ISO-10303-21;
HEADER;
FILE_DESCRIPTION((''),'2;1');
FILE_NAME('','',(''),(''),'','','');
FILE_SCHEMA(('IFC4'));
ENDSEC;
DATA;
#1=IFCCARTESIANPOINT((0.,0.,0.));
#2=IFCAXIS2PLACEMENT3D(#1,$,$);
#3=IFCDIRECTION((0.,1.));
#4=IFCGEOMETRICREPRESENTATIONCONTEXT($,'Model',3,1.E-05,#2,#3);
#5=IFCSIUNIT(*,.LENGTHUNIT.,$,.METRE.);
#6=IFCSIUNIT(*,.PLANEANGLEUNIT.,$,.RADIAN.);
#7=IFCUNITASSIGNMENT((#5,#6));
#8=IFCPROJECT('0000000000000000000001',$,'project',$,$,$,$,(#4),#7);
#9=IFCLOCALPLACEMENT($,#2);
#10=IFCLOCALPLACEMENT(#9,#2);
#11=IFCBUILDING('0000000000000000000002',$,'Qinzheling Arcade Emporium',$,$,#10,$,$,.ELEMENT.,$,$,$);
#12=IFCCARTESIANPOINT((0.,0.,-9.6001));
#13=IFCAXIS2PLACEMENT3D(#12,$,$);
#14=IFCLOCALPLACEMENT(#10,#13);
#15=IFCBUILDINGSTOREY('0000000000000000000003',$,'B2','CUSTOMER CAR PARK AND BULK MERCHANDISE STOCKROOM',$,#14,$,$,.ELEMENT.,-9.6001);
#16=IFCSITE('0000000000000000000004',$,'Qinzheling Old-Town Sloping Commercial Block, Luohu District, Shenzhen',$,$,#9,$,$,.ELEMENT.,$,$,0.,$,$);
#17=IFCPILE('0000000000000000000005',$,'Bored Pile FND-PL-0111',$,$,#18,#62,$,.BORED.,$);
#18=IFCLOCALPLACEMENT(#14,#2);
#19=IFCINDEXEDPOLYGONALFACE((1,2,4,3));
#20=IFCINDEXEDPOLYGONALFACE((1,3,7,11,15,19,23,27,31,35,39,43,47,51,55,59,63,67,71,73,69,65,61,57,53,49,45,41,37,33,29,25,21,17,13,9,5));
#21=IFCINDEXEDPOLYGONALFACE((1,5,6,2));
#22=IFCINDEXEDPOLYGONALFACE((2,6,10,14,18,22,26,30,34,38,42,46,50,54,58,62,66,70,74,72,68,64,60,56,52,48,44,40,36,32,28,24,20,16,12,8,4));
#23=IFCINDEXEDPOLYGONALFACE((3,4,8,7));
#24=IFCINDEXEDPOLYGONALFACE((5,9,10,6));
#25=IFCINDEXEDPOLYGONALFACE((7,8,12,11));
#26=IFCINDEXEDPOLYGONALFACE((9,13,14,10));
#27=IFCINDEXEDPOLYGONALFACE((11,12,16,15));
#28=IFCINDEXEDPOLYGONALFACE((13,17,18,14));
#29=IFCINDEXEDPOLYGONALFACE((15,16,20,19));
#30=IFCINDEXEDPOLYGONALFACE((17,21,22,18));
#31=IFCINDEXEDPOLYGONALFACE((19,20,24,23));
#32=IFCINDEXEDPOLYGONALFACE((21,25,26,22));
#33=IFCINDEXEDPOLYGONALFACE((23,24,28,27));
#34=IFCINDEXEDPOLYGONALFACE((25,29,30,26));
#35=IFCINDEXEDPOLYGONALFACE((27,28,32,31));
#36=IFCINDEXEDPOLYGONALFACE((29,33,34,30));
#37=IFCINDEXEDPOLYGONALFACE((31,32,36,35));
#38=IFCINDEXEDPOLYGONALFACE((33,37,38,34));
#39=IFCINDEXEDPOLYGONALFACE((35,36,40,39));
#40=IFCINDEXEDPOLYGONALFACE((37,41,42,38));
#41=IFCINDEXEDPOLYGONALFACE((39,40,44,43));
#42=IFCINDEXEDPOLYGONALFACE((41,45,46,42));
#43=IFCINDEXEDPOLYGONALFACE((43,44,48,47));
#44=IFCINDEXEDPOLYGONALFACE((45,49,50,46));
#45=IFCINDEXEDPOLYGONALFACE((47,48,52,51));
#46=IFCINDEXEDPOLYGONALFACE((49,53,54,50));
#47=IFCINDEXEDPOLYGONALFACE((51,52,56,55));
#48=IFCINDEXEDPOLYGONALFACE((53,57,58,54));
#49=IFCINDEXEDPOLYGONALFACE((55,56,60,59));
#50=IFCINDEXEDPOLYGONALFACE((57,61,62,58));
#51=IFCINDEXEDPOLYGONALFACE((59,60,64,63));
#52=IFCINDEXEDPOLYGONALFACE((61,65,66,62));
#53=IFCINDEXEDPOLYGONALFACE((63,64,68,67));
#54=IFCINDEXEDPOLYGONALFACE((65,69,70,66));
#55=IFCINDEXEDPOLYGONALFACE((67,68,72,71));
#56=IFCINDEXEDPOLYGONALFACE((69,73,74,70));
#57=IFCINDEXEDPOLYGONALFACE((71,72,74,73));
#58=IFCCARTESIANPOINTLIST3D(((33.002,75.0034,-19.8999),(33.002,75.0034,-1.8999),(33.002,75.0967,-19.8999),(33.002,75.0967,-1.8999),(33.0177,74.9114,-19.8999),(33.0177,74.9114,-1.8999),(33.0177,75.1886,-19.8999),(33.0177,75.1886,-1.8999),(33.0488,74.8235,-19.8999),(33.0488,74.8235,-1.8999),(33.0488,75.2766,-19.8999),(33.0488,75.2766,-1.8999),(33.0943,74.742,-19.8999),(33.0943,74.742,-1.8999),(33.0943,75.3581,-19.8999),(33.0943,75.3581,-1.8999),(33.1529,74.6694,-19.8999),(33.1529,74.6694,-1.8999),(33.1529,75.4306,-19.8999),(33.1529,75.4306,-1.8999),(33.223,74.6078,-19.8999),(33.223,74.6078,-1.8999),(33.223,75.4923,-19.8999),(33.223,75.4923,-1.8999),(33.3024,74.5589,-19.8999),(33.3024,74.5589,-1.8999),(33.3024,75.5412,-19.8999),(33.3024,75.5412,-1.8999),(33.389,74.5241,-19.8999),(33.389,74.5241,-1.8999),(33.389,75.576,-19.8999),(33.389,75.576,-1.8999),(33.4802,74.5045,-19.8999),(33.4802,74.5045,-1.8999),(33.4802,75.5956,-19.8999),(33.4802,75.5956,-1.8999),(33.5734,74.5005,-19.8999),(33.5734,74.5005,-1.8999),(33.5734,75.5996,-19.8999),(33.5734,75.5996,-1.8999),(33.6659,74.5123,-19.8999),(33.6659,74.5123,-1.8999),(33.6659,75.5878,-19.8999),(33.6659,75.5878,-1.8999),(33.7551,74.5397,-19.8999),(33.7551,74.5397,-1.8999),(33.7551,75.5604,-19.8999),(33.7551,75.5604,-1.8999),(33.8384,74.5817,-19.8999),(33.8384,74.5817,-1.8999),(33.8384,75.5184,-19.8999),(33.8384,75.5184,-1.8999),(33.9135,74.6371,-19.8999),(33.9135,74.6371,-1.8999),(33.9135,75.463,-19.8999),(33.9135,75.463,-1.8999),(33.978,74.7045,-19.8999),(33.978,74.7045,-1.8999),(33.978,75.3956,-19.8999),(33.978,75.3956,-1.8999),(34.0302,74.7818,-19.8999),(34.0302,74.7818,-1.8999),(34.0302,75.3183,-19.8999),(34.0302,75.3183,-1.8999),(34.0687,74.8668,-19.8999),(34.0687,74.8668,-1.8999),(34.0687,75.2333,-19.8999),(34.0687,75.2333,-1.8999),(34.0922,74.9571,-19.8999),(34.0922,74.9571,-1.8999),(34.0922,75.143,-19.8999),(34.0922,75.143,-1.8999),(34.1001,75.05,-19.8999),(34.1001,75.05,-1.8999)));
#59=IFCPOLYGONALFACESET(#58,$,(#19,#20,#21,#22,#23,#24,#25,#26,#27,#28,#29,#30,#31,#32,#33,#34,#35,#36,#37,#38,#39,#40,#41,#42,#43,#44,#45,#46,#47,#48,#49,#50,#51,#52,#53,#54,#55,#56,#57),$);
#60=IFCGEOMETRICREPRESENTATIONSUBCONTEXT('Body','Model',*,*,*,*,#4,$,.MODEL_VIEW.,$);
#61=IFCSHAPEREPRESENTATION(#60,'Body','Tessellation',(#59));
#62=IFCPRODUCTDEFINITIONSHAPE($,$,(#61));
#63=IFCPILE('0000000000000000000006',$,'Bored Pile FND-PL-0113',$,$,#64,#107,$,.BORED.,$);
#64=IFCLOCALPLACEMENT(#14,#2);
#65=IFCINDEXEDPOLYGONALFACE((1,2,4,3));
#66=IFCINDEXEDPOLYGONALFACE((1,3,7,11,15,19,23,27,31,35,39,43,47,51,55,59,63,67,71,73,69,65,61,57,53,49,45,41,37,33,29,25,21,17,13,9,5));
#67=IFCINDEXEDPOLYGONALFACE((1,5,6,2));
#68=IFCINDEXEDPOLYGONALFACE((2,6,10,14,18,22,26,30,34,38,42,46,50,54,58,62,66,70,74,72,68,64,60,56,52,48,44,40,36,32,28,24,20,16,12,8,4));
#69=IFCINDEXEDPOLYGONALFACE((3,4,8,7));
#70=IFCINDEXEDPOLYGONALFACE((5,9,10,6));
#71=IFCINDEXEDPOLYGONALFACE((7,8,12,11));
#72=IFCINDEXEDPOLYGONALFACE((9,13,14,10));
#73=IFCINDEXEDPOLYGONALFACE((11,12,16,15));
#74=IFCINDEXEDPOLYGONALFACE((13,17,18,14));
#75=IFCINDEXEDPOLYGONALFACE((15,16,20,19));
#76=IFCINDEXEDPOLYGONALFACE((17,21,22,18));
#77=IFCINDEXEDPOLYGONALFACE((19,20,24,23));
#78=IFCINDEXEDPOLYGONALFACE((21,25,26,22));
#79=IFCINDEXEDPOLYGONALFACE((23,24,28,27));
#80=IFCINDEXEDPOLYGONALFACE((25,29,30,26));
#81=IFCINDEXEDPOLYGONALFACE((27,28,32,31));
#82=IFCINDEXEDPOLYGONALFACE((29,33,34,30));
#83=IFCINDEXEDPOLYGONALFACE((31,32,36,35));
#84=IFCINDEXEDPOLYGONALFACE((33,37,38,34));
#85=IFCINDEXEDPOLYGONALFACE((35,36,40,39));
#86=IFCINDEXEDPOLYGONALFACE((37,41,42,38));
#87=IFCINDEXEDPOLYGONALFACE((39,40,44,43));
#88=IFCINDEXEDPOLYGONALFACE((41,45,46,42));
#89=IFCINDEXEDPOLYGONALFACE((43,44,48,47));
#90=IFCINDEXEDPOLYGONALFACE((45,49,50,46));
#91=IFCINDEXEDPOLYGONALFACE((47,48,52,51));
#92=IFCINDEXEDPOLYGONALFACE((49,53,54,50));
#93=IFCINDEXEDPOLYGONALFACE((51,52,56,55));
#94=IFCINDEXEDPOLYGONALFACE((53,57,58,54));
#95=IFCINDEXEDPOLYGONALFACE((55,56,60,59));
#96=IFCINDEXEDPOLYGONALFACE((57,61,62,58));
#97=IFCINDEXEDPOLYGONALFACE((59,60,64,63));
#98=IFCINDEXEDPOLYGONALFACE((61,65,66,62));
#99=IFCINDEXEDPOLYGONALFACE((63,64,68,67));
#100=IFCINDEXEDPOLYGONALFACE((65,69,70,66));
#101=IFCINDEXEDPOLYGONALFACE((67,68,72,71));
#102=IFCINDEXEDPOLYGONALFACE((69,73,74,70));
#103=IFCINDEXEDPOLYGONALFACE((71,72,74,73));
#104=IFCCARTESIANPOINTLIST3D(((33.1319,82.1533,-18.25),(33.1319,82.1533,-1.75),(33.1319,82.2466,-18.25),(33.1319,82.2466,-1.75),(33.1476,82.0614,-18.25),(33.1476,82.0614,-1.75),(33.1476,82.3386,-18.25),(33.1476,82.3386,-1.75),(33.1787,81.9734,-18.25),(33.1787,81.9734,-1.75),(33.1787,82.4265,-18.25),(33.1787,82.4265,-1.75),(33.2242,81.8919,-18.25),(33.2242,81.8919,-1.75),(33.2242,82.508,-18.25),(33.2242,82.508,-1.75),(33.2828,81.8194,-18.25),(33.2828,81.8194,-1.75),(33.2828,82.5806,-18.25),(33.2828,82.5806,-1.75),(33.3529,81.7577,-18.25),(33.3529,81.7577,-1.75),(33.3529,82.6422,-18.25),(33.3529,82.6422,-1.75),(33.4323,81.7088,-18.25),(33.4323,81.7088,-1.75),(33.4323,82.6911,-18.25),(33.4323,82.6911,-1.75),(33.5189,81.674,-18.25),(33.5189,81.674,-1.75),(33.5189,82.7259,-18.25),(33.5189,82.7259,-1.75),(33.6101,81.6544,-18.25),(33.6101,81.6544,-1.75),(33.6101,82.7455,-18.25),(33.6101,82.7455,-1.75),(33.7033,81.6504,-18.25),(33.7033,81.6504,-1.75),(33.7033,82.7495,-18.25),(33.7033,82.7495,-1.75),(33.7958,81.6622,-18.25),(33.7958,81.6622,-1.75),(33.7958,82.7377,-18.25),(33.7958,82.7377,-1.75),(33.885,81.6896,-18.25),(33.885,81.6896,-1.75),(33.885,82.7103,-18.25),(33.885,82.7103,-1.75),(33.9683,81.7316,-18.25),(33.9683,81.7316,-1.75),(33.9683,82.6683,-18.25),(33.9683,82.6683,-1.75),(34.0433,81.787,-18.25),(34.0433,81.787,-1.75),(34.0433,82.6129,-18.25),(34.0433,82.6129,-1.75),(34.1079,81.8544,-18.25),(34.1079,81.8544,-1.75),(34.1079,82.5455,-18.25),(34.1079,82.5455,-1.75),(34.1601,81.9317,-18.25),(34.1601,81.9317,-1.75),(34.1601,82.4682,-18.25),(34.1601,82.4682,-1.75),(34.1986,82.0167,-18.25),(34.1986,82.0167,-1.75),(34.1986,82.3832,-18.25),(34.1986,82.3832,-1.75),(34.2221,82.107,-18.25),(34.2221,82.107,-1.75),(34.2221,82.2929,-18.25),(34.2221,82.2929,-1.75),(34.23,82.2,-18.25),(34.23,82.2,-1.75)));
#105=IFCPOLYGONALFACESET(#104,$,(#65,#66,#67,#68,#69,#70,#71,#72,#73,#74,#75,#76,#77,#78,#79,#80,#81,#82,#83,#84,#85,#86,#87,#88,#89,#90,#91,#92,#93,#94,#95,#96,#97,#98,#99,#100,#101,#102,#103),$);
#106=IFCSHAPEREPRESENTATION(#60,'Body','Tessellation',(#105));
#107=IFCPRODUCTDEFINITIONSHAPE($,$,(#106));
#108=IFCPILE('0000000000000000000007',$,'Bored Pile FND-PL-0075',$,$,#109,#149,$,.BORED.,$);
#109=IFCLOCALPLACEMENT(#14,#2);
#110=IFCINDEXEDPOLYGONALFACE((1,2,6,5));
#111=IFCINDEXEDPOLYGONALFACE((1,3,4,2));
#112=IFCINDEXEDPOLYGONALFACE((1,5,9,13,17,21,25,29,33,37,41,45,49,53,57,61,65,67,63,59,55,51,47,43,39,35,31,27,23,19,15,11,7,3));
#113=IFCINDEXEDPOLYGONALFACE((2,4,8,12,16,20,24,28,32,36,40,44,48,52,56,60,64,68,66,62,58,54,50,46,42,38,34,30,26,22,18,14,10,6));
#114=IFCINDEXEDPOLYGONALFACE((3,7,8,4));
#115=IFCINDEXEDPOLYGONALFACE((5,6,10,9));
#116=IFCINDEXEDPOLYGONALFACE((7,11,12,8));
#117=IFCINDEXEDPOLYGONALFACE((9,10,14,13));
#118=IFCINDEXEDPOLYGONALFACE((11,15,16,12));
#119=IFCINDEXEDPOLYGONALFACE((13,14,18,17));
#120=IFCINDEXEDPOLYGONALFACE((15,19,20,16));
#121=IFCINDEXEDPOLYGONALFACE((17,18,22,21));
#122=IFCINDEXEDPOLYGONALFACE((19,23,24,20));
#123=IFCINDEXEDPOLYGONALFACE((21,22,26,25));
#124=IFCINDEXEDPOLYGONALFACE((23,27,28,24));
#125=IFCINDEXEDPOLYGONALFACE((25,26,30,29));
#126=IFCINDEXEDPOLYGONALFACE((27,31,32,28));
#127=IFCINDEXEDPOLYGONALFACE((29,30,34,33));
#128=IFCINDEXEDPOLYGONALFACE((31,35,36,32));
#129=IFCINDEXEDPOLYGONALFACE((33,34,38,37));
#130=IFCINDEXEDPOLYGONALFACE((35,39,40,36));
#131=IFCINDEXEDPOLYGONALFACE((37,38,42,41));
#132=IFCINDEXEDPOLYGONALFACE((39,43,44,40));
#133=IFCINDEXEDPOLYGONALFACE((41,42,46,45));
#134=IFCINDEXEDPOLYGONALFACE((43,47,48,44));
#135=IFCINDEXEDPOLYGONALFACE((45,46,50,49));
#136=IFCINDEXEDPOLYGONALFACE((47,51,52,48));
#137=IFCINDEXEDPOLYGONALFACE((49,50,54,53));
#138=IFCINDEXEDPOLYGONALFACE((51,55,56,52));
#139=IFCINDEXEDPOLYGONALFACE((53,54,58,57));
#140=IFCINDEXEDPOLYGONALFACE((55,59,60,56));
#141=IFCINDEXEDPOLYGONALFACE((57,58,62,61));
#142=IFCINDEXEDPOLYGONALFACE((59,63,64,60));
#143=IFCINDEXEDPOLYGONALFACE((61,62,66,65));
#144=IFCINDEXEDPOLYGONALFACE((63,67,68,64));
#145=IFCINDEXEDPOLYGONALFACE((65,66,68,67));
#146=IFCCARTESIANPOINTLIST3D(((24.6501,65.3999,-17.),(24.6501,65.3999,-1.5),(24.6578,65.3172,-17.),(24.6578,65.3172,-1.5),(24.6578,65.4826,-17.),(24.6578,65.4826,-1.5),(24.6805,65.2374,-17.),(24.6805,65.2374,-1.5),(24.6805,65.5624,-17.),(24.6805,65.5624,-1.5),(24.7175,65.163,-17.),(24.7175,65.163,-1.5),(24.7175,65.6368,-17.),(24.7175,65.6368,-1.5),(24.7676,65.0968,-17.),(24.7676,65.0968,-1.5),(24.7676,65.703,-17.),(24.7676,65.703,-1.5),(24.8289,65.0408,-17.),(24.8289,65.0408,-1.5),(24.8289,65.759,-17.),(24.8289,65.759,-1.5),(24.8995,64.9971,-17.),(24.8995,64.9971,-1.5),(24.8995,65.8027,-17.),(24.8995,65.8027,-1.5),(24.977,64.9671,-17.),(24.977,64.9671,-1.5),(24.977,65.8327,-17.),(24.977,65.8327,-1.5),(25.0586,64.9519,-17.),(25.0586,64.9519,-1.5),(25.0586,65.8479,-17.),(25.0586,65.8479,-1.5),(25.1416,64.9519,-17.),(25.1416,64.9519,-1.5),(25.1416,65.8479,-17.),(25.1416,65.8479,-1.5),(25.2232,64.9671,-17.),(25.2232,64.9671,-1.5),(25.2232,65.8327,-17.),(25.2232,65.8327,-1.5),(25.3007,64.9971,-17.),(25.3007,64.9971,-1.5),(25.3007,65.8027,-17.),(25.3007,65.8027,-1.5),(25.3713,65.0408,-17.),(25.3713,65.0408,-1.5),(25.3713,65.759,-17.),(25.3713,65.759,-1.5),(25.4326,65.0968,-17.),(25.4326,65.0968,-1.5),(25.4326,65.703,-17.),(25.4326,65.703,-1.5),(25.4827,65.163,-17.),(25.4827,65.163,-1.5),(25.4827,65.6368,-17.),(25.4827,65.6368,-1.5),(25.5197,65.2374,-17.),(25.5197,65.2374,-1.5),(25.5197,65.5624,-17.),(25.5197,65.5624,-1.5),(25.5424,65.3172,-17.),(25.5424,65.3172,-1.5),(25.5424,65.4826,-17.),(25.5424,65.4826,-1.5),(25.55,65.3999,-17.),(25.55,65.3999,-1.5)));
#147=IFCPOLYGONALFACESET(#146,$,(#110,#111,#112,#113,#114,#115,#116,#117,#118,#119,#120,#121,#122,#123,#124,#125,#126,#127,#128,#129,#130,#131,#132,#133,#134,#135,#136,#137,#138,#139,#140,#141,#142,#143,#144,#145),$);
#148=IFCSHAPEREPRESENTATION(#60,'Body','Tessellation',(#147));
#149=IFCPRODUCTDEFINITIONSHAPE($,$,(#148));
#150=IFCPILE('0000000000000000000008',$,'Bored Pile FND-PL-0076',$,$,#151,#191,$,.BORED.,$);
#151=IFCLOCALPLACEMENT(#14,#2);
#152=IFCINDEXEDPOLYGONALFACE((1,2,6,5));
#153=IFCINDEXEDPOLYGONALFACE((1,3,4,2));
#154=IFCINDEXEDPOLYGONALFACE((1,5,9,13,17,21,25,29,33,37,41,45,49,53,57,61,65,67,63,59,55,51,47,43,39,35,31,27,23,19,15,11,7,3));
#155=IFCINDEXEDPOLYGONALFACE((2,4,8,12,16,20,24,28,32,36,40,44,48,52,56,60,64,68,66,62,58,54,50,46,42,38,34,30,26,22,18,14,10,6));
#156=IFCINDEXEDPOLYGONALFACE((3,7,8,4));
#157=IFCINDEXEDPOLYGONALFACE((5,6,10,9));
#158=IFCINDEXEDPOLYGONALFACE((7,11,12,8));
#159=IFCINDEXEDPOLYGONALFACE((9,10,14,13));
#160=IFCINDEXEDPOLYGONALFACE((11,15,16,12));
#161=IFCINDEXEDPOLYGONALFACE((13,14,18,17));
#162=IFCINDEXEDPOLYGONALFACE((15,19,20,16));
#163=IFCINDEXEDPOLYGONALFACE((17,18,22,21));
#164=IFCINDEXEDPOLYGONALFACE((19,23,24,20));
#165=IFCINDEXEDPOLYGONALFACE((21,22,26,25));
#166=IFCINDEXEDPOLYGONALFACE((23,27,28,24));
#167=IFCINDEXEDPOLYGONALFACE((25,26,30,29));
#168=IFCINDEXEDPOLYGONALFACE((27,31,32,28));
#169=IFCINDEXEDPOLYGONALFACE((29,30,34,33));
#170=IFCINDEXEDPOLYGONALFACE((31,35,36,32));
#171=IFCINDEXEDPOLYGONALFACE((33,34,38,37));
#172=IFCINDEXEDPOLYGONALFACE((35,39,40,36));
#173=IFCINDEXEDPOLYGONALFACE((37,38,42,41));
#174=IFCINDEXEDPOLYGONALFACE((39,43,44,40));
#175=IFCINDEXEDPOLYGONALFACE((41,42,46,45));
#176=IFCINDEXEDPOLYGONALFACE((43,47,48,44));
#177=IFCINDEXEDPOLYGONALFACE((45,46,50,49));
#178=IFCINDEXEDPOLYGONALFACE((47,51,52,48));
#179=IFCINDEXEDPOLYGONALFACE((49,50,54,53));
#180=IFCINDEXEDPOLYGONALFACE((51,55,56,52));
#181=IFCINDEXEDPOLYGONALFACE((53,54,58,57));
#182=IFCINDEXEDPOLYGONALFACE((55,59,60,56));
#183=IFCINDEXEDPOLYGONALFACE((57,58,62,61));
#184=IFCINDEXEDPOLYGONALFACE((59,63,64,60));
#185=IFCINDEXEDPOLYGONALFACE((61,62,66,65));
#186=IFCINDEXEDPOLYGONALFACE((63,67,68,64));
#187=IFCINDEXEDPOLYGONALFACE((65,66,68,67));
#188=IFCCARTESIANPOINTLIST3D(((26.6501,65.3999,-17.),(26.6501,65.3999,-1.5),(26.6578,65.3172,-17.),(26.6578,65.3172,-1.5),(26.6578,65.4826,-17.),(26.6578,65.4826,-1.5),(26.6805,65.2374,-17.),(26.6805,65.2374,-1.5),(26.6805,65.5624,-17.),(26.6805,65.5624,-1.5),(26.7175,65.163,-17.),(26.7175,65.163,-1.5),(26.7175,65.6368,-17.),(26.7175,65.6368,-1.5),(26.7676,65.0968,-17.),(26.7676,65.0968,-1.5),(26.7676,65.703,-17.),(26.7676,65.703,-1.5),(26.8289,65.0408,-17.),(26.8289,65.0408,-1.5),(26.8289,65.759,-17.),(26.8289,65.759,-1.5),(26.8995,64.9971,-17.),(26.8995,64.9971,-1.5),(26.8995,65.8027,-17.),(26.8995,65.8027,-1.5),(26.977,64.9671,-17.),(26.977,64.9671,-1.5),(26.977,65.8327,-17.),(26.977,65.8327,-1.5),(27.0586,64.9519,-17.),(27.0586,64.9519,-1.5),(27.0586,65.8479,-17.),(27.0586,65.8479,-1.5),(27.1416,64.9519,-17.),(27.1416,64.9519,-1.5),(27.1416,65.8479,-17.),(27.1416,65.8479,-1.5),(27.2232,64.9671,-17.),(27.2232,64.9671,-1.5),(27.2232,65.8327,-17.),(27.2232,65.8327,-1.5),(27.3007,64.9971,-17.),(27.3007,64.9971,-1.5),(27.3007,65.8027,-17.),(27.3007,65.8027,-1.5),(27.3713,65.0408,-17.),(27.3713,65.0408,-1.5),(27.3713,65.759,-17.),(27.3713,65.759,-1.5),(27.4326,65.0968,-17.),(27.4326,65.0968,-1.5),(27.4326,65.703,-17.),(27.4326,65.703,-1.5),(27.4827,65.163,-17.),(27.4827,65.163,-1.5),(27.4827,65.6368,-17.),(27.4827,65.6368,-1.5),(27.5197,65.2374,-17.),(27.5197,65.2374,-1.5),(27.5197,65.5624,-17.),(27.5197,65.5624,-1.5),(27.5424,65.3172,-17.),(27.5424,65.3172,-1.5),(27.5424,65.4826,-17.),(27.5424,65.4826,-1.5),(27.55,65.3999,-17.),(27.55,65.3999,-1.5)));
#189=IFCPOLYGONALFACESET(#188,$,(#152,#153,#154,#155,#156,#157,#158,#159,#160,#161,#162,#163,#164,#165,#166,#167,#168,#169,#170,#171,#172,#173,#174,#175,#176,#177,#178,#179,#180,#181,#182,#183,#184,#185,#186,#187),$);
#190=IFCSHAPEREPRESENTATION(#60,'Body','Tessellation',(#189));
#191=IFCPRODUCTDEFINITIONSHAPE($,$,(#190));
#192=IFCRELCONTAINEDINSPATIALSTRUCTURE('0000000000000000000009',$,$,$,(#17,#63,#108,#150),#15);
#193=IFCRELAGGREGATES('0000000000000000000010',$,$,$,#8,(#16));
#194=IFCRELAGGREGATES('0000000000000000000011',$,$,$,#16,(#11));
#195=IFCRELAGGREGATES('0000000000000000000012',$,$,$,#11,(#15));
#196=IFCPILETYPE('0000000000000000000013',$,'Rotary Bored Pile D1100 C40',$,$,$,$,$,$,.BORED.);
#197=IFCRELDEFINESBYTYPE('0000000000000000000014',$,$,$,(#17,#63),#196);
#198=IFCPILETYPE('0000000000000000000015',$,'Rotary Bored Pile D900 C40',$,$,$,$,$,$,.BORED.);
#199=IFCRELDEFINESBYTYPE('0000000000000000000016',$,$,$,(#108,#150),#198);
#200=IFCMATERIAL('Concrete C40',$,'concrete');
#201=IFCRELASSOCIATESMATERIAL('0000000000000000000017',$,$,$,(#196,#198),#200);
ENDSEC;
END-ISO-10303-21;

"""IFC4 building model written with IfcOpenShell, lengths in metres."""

from ifc_helpers import new_model, si_unit, direction, frame, origin, origin_2d, place, context, subcontext, project, spatial, circle, extrude, material, material_profile, profile_set, type_object, element, save


model = new_model("IFC4")

# Units and contexts
model_context = context("Model", 3, precision=1e-05, world=origin(), true_north=direction((0.0, 1.0)))
body_context = subcontext(model_context, "Body", "Model", "MODEL_VIEW")
ifc_project = project(units=[si_unit("LENGTHUNIT", "METRE"), si_unit("PLANEANGLEUNIT", "RADIAN")], contexts=[model_context])

# Site, building, storey
site_placement = place(None, origin())
site = spatial("IfcSite", under=ifc_project, at=site_placement, Name="Qinzheling Old-Town Sloping Commercial Block, Luohu District, Shenzhen", CompositionType="ELEMENT", RefElevation=0.0)
building_placement = place(site_placement, origin())
building = spatial("IfcBuilding", under=site, at=building_placement, Name="Qinzheling Arcade Emporium", CompositionType="ELEMENT")
storey_placement = place(building_placement, frame((0.0, 0.0, -9.6001)))
storey = spatial("IfcBuildingStorey", under=building, at=storey_placement, Name="B2", Description="CUSTOMER CAR PARK AND BULK MERCHANDISE STOCKROOM", CompositionType="ELEMENT", Elevation=-9.6001)

# Shared definitions
ifc_material_1 = material(Name="Concrete C40", Category="concrete")

# Piles
ifc_material_profile_1 = material_profile(ifc_material_1, circle(Radius=0.55, at=origin_2d()), Name="BORED D1100", Category="concrete")
ifc_profile_set_1 = profile_set([ifc_material_profile_1], Name="Concrete C40")
pile_type_1 = type_object("IfcPileType", Name="Rotary Bored Pile D1100 C40", PredefinedType="BORED", material=ifc_profile_set_1)
for number, where, z_axis, x_axis, name in (
    (1, (33.55, 75.05, -1.8999), (0.0, 0.0, -1.0), (1.0, 0.0, 0.0), "Bored Pile FND-PL-0111"),
):
    element("IfcPile", number, at=place(storey_placement, frame(where, z_axis=z_axis, x_axis=x_axis)), inside=storey, type_object=pile_type_1, Name=name, PredefinedType="BORED", context=body_context, shape_type="SweptSolid", body=[
        extrude(circle(Radius=0.55, at=origin_2d()), origin(), (0.0, 0.0, 1.0), 18.0),
    ])
pile_placement = place(storey_placement, frame((33.6799, 82.2, -1.75), z_axis=(0.0, 0.0, -1.0), x_axis=(1.0, 0.0, 0.0)))
element("IfcPile", 2, at=pile_placement, inside=storey, type_object=pile_type_1, Name="Bored Pile FND-PL-0113", PredefinedType="BORED", context=body_context, shape_type="SweptSolid", body=[
    extrude(circle(Radius=0.55, at=origin_2d()), origin(), (0.0, 0.0, 1.0), 16.5),
])
ifc_material_profile_2 = material_profile(ifc_material_1, circle(Radius=0.45, at=origin_2d()), Name="BORED D900", Category="concrete")
ifc_profile_set_2 = profile_set([ifc_material_profile_2], Name="Concrete C40")
pile_type_2 = type_object("IfcPileType", Name="Rotary Bored Pile D900 C40", PredefinedType="BORED", material=ifc_profile_set_2)
for number, where, z_axis, x_axis, name in (
    (3, (25.1001, 65.3999, -1.5), (0.0, 0.0, -1.0), (1.0, 0.0, 0.0), "Bored Pile FND-PL-0075"),
    (4, (27.1001, 65.3999, -1.5), (0.0, 0.0, -1.0), (1.0, 0.0, 0.0), "Bored Pile FND-PL-0076"),
):
    element("IfcPile", number, at=place(storey_placement, frame(where, z_axis=z_axis, x_axis=x_axis)), inside=storey, type_object=pile_type_2, Name=name, PredefinedType="BORED", context=body_context, shape_type="SweptSolid", body=[
        extrude(circle(Radius=0.45, at=origin_2d()), origin(), (0.0, 0.0, 1.0), 15.5),
    ])

save(model, "model.ifc")
